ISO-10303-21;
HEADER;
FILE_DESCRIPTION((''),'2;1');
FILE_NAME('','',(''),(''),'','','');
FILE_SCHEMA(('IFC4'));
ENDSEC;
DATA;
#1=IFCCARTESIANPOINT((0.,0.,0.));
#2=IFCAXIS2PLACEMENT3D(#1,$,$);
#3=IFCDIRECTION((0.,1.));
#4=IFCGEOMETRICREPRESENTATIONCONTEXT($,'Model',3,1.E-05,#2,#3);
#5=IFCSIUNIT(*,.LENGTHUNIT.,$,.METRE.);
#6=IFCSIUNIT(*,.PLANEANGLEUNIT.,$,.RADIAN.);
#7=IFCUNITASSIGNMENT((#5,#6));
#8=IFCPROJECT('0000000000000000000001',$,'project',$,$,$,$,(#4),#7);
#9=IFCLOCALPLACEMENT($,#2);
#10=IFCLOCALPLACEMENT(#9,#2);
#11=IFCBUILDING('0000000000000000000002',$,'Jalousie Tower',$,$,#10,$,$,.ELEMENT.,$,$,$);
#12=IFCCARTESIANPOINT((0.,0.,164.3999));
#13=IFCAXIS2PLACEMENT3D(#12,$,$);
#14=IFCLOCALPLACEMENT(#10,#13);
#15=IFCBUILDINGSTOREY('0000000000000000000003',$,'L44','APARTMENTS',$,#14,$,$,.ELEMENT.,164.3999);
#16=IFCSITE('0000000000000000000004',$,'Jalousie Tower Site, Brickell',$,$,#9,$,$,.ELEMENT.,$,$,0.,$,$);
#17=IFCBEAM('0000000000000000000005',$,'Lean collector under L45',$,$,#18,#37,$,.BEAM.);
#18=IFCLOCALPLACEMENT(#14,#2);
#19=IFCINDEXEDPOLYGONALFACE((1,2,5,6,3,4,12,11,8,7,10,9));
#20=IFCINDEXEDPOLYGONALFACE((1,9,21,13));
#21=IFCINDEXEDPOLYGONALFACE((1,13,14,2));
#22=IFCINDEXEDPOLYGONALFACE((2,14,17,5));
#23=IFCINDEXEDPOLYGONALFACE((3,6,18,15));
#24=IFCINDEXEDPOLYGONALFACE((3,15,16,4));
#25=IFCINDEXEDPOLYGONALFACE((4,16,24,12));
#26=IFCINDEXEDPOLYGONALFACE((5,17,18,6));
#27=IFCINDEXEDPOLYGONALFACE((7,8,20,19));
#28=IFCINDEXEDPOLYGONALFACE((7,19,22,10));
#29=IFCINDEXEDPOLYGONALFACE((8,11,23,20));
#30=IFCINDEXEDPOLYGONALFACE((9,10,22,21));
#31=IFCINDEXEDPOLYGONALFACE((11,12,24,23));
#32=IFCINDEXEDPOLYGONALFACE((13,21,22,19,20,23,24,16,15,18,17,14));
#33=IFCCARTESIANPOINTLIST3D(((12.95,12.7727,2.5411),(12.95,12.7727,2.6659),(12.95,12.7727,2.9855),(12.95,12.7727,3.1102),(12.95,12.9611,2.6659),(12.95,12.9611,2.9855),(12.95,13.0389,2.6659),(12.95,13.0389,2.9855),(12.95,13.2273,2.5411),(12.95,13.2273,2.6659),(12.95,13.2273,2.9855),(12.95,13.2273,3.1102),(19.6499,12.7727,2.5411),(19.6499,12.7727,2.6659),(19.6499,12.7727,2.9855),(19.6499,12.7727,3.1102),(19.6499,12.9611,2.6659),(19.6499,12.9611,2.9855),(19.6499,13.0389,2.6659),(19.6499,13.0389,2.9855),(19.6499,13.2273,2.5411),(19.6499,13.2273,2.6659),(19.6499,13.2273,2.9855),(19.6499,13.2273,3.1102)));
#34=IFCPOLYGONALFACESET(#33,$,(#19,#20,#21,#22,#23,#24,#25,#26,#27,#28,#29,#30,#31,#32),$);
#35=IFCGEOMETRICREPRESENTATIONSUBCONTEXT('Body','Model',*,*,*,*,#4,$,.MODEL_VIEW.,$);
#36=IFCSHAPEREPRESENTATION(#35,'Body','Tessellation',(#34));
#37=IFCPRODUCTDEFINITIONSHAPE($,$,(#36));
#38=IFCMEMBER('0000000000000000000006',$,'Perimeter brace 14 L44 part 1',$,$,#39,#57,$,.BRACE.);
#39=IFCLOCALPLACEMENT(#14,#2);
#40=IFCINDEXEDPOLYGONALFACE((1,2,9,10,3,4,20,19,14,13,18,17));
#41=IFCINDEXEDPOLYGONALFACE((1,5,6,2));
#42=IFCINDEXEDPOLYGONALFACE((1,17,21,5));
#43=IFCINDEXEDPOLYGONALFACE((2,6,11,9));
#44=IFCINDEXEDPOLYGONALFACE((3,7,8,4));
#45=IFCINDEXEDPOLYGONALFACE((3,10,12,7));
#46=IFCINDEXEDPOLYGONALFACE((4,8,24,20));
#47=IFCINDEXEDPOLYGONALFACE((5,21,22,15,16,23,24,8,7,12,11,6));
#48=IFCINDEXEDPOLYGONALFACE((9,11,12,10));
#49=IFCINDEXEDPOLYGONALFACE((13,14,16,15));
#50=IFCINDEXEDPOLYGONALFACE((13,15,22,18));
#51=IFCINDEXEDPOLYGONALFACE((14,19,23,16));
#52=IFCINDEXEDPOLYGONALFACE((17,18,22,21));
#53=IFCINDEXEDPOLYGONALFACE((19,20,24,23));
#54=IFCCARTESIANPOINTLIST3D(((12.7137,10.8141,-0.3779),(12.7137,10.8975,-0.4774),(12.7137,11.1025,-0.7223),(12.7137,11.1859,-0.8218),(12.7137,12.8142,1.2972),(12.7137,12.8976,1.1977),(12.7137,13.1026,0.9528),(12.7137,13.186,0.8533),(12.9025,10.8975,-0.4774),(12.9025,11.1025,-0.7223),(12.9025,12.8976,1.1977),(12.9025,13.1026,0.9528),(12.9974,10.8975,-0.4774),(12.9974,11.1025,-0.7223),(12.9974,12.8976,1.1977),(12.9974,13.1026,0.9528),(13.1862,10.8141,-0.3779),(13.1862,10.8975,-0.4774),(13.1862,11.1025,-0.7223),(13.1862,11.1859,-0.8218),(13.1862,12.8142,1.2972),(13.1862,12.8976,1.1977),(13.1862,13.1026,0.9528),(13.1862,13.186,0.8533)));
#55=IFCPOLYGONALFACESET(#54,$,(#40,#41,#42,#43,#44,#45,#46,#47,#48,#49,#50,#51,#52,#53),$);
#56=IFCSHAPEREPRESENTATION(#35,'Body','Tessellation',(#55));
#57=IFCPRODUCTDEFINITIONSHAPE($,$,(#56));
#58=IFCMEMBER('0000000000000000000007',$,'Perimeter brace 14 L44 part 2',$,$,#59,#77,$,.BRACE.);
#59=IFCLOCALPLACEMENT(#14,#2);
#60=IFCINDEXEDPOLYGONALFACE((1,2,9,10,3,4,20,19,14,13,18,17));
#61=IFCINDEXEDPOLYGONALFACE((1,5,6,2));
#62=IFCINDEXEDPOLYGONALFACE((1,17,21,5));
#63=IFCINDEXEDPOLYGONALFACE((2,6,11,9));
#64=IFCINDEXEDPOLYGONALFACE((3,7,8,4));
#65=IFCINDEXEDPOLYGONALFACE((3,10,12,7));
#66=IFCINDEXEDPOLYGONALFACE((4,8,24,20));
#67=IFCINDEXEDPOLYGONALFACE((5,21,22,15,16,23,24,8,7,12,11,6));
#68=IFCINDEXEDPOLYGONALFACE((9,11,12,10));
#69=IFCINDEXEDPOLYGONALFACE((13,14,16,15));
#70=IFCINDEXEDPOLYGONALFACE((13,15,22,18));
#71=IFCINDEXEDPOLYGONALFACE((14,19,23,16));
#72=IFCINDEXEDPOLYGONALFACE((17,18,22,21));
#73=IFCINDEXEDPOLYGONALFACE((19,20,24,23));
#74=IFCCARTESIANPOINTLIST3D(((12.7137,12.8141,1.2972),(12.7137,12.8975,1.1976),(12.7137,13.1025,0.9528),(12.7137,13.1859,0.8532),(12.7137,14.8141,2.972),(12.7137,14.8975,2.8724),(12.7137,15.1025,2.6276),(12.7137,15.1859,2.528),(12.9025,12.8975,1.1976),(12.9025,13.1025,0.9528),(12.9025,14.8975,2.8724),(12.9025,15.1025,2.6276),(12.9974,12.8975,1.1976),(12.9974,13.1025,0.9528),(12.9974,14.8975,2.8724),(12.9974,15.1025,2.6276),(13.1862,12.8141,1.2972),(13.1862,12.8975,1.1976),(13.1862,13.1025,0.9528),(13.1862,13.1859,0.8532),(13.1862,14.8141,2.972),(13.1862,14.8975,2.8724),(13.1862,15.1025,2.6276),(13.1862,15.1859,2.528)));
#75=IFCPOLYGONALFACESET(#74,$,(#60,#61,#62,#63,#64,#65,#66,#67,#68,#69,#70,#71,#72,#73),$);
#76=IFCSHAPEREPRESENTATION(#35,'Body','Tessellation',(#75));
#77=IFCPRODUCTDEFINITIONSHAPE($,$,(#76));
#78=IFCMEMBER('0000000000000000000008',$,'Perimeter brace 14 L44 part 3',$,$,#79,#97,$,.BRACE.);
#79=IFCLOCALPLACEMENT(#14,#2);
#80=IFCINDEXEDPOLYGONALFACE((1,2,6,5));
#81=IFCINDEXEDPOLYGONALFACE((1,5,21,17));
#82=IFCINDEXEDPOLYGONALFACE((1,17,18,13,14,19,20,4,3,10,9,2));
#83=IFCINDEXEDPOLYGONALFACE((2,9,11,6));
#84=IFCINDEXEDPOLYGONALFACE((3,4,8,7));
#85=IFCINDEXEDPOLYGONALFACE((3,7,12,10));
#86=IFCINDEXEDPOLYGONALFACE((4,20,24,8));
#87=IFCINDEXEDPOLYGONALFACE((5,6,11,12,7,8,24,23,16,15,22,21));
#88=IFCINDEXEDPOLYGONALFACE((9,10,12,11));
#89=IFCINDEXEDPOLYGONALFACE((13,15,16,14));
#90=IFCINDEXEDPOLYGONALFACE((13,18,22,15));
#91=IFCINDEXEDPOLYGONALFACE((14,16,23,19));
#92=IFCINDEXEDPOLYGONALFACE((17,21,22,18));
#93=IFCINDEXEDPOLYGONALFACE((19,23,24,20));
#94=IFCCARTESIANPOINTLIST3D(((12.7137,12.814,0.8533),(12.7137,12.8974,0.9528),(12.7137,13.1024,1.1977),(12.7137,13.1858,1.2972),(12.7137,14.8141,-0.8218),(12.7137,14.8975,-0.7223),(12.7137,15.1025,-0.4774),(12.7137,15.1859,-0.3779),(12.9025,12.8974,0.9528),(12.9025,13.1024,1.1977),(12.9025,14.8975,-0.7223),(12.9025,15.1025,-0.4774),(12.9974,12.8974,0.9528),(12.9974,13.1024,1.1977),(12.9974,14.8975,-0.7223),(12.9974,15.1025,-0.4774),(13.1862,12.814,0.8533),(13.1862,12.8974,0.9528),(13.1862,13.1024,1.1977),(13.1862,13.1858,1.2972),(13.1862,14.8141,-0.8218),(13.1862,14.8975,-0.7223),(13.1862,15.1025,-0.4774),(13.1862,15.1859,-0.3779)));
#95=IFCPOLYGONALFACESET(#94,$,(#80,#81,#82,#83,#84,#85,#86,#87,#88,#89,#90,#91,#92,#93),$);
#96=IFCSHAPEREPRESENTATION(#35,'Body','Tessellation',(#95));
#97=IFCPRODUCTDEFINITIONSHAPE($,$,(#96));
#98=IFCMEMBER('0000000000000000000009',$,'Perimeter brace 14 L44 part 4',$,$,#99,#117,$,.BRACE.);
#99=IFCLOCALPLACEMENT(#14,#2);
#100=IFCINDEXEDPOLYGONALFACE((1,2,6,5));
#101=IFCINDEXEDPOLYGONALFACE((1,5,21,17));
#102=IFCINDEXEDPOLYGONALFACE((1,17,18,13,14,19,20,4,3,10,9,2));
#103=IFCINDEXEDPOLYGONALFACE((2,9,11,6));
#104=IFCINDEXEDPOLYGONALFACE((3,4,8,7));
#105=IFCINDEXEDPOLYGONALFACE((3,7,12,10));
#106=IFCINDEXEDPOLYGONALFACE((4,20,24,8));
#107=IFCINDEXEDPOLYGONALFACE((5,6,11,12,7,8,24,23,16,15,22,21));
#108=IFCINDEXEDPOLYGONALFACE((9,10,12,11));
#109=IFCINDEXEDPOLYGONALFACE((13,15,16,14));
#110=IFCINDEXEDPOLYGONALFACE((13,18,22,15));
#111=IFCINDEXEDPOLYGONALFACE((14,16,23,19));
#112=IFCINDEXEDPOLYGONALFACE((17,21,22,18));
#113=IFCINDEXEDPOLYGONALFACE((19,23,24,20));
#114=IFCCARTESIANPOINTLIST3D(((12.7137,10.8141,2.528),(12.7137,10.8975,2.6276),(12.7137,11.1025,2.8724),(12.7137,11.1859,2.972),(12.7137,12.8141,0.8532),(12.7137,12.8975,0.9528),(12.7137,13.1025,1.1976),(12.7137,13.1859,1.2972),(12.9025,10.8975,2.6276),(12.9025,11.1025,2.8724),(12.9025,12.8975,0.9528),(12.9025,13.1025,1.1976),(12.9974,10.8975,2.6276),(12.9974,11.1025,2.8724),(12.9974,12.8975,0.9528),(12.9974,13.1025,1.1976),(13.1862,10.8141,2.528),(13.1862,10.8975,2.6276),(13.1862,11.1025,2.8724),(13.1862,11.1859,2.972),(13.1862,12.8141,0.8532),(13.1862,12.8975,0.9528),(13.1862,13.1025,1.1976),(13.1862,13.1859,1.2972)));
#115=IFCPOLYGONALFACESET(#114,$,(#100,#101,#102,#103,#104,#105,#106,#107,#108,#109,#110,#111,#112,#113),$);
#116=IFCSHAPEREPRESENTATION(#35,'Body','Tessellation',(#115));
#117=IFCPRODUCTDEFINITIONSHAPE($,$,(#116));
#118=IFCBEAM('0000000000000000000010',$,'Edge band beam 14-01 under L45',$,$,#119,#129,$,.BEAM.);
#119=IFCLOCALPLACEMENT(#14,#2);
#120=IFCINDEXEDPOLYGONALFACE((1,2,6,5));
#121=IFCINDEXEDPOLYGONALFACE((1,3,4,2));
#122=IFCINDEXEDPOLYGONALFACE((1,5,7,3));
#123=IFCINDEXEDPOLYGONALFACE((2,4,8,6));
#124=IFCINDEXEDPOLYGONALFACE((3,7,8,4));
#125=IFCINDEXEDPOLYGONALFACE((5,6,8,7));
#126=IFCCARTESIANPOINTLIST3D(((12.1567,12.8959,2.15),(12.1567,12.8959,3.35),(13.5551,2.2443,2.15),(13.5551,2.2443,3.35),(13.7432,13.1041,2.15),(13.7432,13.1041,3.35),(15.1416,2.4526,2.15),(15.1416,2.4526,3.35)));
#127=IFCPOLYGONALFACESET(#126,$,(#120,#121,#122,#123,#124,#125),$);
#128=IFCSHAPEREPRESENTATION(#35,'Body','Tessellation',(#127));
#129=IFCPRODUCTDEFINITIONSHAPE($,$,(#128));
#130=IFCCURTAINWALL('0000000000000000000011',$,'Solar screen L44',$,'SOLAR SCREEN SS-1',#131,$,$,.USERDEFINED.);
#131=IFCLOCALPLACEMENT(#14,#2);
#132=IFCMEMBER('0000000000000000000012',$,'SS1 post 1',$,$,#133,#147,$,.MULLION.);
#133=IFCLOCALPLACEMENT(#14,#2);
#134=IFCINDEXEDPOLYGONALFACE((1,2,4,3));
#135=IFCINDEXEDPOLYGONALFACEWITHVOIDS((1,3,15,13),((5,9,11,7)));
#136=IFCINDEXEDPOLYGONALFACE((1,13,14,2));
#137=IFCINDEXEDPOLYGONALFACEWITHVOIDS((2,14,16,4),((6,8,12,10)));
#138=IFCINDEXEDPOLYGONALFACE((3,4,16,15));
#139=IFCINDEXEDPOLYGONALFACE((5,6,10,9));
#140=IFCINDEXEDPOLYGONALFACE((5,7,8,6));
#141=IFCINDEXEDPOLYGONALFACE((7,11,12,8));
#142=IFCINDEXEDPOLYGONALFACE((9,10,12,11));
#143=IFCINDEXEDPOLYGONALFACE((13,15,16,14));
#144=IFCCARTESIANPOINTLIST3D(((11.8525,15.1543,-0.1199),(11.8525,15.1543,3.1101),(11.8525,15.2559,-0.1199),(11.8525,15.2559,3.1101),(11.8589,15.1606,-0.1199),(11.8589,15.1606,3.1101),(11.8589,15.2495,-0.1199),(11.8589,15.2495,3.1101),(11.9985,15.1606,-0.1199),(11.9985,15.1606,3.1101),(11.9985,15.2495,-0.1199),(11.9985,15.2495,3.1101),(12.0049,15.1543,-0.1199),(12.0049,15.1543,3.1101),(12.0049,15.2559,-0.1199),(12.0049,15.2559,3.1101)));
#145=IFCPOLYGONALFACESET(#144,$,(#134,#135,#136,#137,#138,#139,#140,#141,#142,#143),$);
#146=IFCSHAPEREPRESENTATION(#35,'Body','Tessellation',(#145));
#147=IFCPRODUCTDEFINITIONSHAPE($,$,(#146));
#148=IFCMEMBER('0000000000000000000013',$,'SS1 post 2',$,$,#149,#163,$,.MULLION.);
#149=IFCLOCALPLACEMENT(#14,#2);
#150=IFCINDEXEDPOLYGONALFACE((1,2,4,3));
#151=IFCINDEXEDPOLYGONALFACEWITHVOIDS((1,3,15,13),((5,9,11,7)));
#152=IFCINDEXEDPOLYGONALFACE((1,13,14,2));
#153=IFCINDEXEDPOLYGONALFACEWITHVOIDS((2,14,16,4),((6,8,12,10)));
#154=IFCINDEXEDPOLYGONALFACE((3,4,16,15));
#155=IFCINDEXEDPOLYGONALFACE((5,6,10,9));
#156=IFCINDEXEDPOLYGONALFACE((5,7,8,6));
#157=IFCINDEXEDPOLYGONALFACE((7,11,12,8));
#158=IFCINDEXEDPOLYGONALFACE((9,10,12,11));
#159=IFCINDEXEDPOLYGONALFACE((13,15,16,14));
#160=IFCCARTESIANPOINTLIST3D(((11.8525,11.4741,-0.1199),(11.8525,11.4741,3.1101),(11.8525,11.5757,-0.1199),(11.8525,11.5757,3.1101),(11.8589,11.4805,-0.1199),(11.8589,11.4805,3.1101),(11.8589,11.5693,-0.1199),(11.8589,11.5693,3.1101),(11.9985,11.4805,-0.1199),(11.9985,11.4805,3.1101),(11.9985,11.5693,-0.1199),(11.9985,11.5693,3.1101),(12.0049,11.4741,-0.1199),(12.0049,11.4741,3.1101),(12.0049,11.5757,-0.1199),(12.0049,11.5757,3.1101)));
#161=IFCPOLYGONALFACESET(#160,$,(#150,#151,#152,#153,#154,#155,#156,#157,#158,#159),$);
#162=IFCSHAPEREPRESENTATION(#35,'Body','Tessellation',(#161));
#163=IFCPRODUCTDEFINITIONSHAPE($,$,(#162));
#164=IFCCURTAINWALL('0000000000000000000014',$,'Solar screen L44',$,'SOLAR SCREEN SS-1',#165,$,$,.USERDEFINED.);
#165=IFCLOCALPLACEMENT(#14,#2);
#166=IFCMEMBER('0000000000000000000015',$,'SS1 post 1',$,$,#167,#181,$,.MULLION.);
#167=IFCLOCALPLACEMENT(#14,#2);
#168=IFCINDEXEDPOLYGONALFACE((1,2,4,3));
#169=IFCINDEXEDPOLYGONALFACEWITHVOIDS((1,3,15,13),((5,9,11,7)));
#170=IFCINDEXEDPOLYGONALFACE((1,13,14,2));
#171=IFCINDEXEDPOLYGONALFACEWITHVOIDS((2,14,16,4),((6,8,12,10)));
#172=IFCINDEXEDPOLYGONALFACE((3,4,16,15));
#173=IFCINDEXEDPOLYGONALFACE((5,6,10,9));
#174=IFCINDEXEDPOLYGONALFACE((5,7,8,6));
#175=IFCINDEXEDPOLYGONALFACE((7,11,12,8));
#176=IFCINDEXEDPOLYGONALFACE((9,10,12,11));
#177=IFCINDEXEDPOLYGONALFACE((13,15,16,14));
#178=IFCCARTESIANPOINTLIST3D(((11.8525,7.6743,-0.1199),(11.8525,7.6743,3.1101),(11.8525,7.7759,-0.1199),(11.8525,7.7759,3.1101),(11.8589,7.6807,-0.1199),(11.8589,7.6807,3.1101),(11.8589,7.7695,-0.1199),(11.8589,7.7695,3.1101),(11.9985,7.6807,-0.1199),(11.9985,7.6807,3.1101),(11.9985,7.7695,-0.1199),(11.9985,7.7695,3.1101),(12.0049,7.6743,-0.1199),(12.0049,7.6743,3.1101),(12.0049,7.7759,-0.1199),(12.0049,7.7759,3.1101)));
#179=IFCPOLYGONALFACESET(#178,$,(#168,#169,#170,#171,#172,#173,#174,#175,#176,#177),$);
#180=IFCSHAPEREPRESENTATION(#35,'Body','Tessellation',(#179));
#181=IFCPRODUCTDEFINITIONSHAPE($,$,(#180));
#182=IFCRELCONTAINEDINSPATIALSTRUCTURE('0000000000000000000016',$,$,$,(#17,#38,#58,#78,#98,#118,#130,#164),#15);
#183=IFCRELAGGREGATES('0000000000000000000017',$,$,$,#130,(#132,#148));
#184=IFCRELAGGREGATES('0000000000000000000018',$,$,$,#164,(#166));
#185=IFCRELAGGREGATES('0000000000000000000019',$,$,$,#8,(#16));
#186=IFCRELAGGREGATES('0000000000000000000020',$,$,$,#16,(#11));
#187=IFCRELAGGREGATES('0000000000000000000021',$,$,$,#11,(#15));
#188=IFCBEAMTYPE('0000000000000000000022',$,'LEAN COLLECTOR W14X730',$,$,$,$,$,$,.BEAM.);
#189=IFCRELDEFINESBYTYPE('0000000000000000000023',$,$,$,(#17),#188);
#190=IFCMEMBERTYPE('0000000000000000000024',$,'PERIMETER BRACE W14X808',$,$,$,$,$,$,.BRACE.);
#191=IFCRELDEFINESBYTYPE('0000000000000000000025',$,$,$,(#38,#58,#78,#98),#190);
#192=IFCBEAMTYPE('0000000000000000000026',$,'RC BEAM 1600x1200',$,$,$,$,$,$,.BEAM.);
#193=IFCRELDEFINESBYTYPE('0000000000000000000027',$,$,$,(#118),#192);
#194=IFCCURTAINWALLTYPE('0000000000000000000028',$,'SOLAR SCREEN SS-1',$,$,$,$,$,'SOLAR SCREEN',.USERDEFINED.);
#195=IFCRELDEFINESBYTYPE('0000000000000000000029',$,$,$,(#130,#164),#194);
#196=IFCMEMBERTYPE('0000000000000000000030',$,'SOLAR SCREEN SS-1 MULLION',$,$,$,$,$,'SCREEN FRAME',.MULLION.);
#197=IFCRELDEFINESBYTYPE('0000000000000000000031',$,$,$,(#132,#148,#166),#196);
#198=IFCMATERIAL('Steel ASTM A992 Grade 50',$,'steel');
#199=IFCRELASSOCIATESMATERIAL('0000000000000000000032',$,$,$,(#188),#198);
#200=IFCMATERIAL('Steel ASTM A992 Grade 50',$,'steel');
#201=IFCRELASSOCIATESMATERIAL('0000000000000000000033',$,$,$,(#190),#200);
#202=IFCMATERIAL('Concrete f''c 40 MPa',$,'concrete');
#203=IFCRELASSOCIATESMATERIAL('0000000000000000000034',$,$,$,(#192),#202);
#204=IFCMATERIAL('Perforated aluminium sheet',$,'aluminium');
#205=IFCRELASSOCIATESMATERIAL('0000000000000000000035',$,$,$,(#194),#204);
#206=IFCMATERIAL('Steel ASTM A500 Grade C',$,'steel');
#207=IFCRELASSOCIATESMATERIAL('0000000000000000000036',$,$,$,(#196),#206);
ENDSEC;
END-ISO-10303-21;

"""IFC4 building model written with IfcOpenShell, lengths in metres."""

from ifc_helpers import new_model, si_unit, direction, frame, origin, origin_2d, place, context, subcontext, project, spatial, rectangle, hollow_rectangle, i_section, extrude, material, material_profile, profile_set, type_object, element, aggregate, save


model = new_model("IFC4")

# Units and contexts
model_context = context("Model", 3, precision=1e-05, world=origin(), true_north=direction((0.0, 1.0)))
body_context = subcontext(model_context, "Body", "Model", "MODEL_VIEW")
ifc_project = project(units=[si_unit("LENGTHUNIT", "METRE"), si_unit("PLANEANGLEUNIT", "RADIAN")], contexts=[model_context])

# Site, building, storey
site_placement = place(None, origin())
site = spatial("IfcSite", under=ifc_project, at=site_placement, Name="Jalousie Tower Site, Brickell", CompositionType="ELEMENT", RefElevation=0.0)
building_placement = place(site_placement, origin())
building = spatial("IfcBuilding", under=site, at=building_placement, Name="Jalousie Tower", CompositionType="ELEMENT")
storey_placement = place(building_placement, frame((0.0, 0.0, 164.3999)))
storey = spatial("IfcBuildingStorey", under=building, at=storey_placement, Name="L44", Description="APARTMENTS", CompositionType="ELEMENT", Elevation=164.3999)

# Beam
ifc_material_1 = material(Name="Steel ASTM A992 Grade 50", Category="steel")
ifc_material_profile_1 = material_profile(ifc_material_1, i_section(OverallWidth=0.4546, OverallDepth=0.5691, WebThickness=0.0779, FlangeThickness=0.1248, at=origin_2d()), Name="W14X730")
ifc_profile_set_1 = profile_set([ifc_material_profile_1], Name="Steel ASTM A992 Grade 50")
beam_type_1 = type_object("IfcBeamType", Name="LEAN COLLECTOR W14X730", PredefinedType="BEAM", material=ifc_profile_set_1)
beam_1_placement = place(storey_placement, frame((12.95, 13.0, 2.8257), z_axis=(1.0, 0.0, 0.0), x_axis=(0.0, 1.0, 0.0)))
element("IfcBeam", 1, at=beam_1_placement, inside=storey, type_object=beam_type_1, Name="Lean collector under L45", PredefinedType="BEAM", context=body_context, shape_type="SweptSolid", body=[
    extrude(i_section(OverallWidth=0.4546, OverallDepth=0.5691, WebThickness=0.0779, FlangeThickness=0.1248, at=origin_2d()), origin(), (0.0, 0.0, 1.0), 6.7),
])

# Members
ifc_material_2 = material(Name="Steel ASTM A992 Grade 50", Category="steel")
ifc_material_profile_2 = material_profile(ifc_material_2, i_section(OverallWidth=0.4724, OverallDepth=0.5791, WebThickness=0.095, FlangeThickness=0.1299, at=origin_2d()), Name="W14X808")
ifc_profile_set_2 = profile_set([ifc_material_profile_2], Name="Steel ASTM A992 Grade 50")
member_type_1 = type_object("IfcMemberType", Name="PERIMETER BRACE W14X808", PredefinedType="BRACE", material=ifc_profile_set_2)
member_1_placement = place(storey_placement, frame((12.95, 11.0, -0.5999), z_axis=(0.0, 0.766639, 0.642079), x_axis=(-1.0, 0.0, 0.0)))
element("IfcMember", 2, at=member_1_placement, inside=storey, type_object=member_type_1, Name="Perimeter brace 14 L44 part 1", PredefinedType="BRACE", context=body_context, shape_type="SweptSolid", body=[
    extrude(i_section(OverallWidth=0.4724, OverallDepth=0.5791, WebThickness=0.095, FlangeThickness=0.1299, at=origin_2d()), origin(), (0.0, 0.0, 1.0), 2.6089),
])
member_2_placement = place(storey_placement, frame((12.95, 13.0, 1.0752), z_axis=(0.0, 0.766685, 0.642024), x_axis=(-1.0, 0.0, 0.0)))
element("IfcMember", 3, at=member_2_placement, inside=storey, type_object=member_type_1, Name="Perimeter brace 14 L44 part 2", PredefinedType="BRACE", context=body_context, shape_type="SweptSolid", body=[
    extrude(i_section(OverallWidth=0.4724, OverallDepth=0.5791, WebThickness=0.095, FlangeThickness=0.1299, at=origin_2d()), origin(), (0.0, 0.0, 1.0), 2.6086),
])
member_3_placement = place(storey_placement, frame((12.95, 15.0, -0.5999), z_axis=(0.0, -0.766639, 0.642079), x_axis=(1.0, 0.0, 0.0)))
element("IfcMember", 4, at=member_3_placement, inside=storey, type_object=member_type_1, Name="Perimeter brace 14 L44 part 3", PredefinedType="BRACE", context=body_context, shape_type="SweptSolid", body=[
    extrude(i_section(OverallWidth=0.4724, OverallDepth=0.5791, WebThickness=0.095, FlangeThickness=0.1299, at=origin_2d()), origin(), (0.0, 0.0, 1.0), 2.6089),
])
member_4_placement = place(storey_placement, frame((12.95, 13.0, 1.0752), z_axis=(0.0, -0.766685, 0.642024), x_axis=(1.0, 0.0, 0.0)))
element("IfcMember", 5, at=member_4_placement, inside=storey, type_object=member_type_1, Name="Perimeter brace 14 L44 part 4", PredefinedType="BRACE", context=body_context, shape_type="SweptSolid", body=[
    extrude(i_section(OverallWidth=0.4724, OverallDepth=0.5791, WebThickness=0.095, FlangeThickness=0.1299, at=origin_2d()), origin(), (0.0, 0.0, 1.0), 2.6086),
])

# Beam
ifc_material_3 = material(Name="Concrete f'c 40 MPa", Category="concrete")
ifc_material_profile_3 = material_profile(ifc_material_3, rectangle(XDim=1.6001, YDim=1.2, at=origin_2d()), Name="RC 1600x1200")
ifc_profile_set_3 = profile_set([ifc_material_profile_3], Name="Concrete f'c 40 MPa")
beam_type_2 = type_object("IfcBeamType", Name="RC BEAM 1600x1200", PredefinedType="BEAM", material=ifc_profile_set_3)
beam_2_placement = place(storey_placement, frame((12.95, 13.0, 2.75), z_axis=(0.130172, -0.991491, 0.0), x_axis=(0.991491, 0.130172, 0.0)))
element("IfcBeam", 6, at=beam_2_placement, inside=storey, type_object=beam_type_2, Name="Edge band beam 14-01 under L45", PredefinedType="BEAM", context=body_context, shape_type="SweptSolid", body=[
    extrude(rectangle(XDim=1.6001, YDim=1.2, at=origin_2d()), origin(), (0.0, 0.0, 1.0), 10.7429),
])

# Curtain walls, members
ifc_material_4 = material(Name="Perforated aluminium sheet", Category="aluminium")
curtain_wall_type = type_object("IfcCurtainWallType", Name="SOLAR SCREEN SS-1", ElementType="SOLAR SCREEN", PredefinedType="USERDEFINED", material=ifc_material_4)
curtain_wall_1_placement = place(storey_placement, origin())
curtain_wall_1 = element("IfcCurtainWall", 7, at=curtain_wall_1_placement, inside=storey, type_object=curtain_wall_type, Name="Solar screen L44", ObjectType="SOLAR SCREEN SS-1", PredefinedType="USERDEFINED")
ifc_material_5 = material(Name="Steel ASTM A500 Grade C", Category="steel")
ifc_material_profile_4 = material_profile(ifc_material_5, hollow_rectangle(XDim=0.1016, YDim=0.1523, WallThickness=0.0063, at=origin_2d()), Name="HSS6X4X1/4")
ifc_profile_set_4 = profile_set([ifc_material_profile_4], Name="Steel ASTM A500 Grade C")
member_type_2 = type_object("IfcMemberType", Name="SOLAR SCREEN SS-1 MULLION", ElementType="SCREEN FRAME", PredefinedType="MULLION", material=ifc_profile_set_4)
member_5_placement = place(storey_placement, frame((11.9287, 15.2051, -0.1199), z_axis=(0.0, 0.0, 1.0), x_axis=(0.0, -1.0, 0.0)))
member_5 = element("IfcMember", 8, at=member_5_placement, type_object=member_type_2, Name="SS1 post 1", PredefinedType="MULLION", context=body_context, shape_type="SweptSolid", body=[
    extrude(hollow_rectangle(XDim=0.1016, YDim=0.1523, WallThickness=0.0063, at=origin_2d()), origin(), (0.0, 0.0, 1.0), 3.23),
])
member_6_placement = place(storey_placement, frame((11.9287, 11.5249, -0.1199), z_axis=(0.0, 0.0, 1.0), x_axis=(0.0, -1.0, 0.0)))
member_6 = element("IfcMember", 9, at=member_6_placement, type_object=member_type_2, Name="SS1 post 2", PredefinedType="MULLION", context=body_context, shape_type="SweptSolid", body=[
    extrude(hollow_rectangle(XDim=0.1016, YDim=0.1523, WallThickness=0.0063, at=origin_2d()), origin(), (0.0, 0.0, 1.0), 3.23),
])
curtain_wall_2_placement = place(storey_placement, origin())
curtain_wall_2 = element("IfcCurtainWall", 10, at=curtain_wall_2_placement, inside=storey, type_object=curtain_wall_type, Name="Solar screen L44", ObjectType="SOLAR SCREEN SS-1", PredefinedType="USERDEFINED")
member_7_placement = place(storey_placement, frame((11.9287, 7.7251, -0.1199), z_axis=(0.0, 0.0, 1.0), x_axis=(0.0, -1.0, 0.0)))
member_7 = element("IfcMember", 11, at=member_7_placement, type_object=member_type_2, Name="SS1 post 1", PredefinedType="MULLION", context=body_context, shape_type="SweptSolid", body=[
    extrude(hollow_rectangle(XDim=0.1016, YDim=0.1523, WallThickness=0.0063, at=origin_2d()), origin(), (0.0, 0.0, 1.0), 3.23),
])

aggregate(curtain_wall_1, [member_5, member_6])
aggregate(curtain_wall_2, [member_7])

save(model, "model.ifc")
